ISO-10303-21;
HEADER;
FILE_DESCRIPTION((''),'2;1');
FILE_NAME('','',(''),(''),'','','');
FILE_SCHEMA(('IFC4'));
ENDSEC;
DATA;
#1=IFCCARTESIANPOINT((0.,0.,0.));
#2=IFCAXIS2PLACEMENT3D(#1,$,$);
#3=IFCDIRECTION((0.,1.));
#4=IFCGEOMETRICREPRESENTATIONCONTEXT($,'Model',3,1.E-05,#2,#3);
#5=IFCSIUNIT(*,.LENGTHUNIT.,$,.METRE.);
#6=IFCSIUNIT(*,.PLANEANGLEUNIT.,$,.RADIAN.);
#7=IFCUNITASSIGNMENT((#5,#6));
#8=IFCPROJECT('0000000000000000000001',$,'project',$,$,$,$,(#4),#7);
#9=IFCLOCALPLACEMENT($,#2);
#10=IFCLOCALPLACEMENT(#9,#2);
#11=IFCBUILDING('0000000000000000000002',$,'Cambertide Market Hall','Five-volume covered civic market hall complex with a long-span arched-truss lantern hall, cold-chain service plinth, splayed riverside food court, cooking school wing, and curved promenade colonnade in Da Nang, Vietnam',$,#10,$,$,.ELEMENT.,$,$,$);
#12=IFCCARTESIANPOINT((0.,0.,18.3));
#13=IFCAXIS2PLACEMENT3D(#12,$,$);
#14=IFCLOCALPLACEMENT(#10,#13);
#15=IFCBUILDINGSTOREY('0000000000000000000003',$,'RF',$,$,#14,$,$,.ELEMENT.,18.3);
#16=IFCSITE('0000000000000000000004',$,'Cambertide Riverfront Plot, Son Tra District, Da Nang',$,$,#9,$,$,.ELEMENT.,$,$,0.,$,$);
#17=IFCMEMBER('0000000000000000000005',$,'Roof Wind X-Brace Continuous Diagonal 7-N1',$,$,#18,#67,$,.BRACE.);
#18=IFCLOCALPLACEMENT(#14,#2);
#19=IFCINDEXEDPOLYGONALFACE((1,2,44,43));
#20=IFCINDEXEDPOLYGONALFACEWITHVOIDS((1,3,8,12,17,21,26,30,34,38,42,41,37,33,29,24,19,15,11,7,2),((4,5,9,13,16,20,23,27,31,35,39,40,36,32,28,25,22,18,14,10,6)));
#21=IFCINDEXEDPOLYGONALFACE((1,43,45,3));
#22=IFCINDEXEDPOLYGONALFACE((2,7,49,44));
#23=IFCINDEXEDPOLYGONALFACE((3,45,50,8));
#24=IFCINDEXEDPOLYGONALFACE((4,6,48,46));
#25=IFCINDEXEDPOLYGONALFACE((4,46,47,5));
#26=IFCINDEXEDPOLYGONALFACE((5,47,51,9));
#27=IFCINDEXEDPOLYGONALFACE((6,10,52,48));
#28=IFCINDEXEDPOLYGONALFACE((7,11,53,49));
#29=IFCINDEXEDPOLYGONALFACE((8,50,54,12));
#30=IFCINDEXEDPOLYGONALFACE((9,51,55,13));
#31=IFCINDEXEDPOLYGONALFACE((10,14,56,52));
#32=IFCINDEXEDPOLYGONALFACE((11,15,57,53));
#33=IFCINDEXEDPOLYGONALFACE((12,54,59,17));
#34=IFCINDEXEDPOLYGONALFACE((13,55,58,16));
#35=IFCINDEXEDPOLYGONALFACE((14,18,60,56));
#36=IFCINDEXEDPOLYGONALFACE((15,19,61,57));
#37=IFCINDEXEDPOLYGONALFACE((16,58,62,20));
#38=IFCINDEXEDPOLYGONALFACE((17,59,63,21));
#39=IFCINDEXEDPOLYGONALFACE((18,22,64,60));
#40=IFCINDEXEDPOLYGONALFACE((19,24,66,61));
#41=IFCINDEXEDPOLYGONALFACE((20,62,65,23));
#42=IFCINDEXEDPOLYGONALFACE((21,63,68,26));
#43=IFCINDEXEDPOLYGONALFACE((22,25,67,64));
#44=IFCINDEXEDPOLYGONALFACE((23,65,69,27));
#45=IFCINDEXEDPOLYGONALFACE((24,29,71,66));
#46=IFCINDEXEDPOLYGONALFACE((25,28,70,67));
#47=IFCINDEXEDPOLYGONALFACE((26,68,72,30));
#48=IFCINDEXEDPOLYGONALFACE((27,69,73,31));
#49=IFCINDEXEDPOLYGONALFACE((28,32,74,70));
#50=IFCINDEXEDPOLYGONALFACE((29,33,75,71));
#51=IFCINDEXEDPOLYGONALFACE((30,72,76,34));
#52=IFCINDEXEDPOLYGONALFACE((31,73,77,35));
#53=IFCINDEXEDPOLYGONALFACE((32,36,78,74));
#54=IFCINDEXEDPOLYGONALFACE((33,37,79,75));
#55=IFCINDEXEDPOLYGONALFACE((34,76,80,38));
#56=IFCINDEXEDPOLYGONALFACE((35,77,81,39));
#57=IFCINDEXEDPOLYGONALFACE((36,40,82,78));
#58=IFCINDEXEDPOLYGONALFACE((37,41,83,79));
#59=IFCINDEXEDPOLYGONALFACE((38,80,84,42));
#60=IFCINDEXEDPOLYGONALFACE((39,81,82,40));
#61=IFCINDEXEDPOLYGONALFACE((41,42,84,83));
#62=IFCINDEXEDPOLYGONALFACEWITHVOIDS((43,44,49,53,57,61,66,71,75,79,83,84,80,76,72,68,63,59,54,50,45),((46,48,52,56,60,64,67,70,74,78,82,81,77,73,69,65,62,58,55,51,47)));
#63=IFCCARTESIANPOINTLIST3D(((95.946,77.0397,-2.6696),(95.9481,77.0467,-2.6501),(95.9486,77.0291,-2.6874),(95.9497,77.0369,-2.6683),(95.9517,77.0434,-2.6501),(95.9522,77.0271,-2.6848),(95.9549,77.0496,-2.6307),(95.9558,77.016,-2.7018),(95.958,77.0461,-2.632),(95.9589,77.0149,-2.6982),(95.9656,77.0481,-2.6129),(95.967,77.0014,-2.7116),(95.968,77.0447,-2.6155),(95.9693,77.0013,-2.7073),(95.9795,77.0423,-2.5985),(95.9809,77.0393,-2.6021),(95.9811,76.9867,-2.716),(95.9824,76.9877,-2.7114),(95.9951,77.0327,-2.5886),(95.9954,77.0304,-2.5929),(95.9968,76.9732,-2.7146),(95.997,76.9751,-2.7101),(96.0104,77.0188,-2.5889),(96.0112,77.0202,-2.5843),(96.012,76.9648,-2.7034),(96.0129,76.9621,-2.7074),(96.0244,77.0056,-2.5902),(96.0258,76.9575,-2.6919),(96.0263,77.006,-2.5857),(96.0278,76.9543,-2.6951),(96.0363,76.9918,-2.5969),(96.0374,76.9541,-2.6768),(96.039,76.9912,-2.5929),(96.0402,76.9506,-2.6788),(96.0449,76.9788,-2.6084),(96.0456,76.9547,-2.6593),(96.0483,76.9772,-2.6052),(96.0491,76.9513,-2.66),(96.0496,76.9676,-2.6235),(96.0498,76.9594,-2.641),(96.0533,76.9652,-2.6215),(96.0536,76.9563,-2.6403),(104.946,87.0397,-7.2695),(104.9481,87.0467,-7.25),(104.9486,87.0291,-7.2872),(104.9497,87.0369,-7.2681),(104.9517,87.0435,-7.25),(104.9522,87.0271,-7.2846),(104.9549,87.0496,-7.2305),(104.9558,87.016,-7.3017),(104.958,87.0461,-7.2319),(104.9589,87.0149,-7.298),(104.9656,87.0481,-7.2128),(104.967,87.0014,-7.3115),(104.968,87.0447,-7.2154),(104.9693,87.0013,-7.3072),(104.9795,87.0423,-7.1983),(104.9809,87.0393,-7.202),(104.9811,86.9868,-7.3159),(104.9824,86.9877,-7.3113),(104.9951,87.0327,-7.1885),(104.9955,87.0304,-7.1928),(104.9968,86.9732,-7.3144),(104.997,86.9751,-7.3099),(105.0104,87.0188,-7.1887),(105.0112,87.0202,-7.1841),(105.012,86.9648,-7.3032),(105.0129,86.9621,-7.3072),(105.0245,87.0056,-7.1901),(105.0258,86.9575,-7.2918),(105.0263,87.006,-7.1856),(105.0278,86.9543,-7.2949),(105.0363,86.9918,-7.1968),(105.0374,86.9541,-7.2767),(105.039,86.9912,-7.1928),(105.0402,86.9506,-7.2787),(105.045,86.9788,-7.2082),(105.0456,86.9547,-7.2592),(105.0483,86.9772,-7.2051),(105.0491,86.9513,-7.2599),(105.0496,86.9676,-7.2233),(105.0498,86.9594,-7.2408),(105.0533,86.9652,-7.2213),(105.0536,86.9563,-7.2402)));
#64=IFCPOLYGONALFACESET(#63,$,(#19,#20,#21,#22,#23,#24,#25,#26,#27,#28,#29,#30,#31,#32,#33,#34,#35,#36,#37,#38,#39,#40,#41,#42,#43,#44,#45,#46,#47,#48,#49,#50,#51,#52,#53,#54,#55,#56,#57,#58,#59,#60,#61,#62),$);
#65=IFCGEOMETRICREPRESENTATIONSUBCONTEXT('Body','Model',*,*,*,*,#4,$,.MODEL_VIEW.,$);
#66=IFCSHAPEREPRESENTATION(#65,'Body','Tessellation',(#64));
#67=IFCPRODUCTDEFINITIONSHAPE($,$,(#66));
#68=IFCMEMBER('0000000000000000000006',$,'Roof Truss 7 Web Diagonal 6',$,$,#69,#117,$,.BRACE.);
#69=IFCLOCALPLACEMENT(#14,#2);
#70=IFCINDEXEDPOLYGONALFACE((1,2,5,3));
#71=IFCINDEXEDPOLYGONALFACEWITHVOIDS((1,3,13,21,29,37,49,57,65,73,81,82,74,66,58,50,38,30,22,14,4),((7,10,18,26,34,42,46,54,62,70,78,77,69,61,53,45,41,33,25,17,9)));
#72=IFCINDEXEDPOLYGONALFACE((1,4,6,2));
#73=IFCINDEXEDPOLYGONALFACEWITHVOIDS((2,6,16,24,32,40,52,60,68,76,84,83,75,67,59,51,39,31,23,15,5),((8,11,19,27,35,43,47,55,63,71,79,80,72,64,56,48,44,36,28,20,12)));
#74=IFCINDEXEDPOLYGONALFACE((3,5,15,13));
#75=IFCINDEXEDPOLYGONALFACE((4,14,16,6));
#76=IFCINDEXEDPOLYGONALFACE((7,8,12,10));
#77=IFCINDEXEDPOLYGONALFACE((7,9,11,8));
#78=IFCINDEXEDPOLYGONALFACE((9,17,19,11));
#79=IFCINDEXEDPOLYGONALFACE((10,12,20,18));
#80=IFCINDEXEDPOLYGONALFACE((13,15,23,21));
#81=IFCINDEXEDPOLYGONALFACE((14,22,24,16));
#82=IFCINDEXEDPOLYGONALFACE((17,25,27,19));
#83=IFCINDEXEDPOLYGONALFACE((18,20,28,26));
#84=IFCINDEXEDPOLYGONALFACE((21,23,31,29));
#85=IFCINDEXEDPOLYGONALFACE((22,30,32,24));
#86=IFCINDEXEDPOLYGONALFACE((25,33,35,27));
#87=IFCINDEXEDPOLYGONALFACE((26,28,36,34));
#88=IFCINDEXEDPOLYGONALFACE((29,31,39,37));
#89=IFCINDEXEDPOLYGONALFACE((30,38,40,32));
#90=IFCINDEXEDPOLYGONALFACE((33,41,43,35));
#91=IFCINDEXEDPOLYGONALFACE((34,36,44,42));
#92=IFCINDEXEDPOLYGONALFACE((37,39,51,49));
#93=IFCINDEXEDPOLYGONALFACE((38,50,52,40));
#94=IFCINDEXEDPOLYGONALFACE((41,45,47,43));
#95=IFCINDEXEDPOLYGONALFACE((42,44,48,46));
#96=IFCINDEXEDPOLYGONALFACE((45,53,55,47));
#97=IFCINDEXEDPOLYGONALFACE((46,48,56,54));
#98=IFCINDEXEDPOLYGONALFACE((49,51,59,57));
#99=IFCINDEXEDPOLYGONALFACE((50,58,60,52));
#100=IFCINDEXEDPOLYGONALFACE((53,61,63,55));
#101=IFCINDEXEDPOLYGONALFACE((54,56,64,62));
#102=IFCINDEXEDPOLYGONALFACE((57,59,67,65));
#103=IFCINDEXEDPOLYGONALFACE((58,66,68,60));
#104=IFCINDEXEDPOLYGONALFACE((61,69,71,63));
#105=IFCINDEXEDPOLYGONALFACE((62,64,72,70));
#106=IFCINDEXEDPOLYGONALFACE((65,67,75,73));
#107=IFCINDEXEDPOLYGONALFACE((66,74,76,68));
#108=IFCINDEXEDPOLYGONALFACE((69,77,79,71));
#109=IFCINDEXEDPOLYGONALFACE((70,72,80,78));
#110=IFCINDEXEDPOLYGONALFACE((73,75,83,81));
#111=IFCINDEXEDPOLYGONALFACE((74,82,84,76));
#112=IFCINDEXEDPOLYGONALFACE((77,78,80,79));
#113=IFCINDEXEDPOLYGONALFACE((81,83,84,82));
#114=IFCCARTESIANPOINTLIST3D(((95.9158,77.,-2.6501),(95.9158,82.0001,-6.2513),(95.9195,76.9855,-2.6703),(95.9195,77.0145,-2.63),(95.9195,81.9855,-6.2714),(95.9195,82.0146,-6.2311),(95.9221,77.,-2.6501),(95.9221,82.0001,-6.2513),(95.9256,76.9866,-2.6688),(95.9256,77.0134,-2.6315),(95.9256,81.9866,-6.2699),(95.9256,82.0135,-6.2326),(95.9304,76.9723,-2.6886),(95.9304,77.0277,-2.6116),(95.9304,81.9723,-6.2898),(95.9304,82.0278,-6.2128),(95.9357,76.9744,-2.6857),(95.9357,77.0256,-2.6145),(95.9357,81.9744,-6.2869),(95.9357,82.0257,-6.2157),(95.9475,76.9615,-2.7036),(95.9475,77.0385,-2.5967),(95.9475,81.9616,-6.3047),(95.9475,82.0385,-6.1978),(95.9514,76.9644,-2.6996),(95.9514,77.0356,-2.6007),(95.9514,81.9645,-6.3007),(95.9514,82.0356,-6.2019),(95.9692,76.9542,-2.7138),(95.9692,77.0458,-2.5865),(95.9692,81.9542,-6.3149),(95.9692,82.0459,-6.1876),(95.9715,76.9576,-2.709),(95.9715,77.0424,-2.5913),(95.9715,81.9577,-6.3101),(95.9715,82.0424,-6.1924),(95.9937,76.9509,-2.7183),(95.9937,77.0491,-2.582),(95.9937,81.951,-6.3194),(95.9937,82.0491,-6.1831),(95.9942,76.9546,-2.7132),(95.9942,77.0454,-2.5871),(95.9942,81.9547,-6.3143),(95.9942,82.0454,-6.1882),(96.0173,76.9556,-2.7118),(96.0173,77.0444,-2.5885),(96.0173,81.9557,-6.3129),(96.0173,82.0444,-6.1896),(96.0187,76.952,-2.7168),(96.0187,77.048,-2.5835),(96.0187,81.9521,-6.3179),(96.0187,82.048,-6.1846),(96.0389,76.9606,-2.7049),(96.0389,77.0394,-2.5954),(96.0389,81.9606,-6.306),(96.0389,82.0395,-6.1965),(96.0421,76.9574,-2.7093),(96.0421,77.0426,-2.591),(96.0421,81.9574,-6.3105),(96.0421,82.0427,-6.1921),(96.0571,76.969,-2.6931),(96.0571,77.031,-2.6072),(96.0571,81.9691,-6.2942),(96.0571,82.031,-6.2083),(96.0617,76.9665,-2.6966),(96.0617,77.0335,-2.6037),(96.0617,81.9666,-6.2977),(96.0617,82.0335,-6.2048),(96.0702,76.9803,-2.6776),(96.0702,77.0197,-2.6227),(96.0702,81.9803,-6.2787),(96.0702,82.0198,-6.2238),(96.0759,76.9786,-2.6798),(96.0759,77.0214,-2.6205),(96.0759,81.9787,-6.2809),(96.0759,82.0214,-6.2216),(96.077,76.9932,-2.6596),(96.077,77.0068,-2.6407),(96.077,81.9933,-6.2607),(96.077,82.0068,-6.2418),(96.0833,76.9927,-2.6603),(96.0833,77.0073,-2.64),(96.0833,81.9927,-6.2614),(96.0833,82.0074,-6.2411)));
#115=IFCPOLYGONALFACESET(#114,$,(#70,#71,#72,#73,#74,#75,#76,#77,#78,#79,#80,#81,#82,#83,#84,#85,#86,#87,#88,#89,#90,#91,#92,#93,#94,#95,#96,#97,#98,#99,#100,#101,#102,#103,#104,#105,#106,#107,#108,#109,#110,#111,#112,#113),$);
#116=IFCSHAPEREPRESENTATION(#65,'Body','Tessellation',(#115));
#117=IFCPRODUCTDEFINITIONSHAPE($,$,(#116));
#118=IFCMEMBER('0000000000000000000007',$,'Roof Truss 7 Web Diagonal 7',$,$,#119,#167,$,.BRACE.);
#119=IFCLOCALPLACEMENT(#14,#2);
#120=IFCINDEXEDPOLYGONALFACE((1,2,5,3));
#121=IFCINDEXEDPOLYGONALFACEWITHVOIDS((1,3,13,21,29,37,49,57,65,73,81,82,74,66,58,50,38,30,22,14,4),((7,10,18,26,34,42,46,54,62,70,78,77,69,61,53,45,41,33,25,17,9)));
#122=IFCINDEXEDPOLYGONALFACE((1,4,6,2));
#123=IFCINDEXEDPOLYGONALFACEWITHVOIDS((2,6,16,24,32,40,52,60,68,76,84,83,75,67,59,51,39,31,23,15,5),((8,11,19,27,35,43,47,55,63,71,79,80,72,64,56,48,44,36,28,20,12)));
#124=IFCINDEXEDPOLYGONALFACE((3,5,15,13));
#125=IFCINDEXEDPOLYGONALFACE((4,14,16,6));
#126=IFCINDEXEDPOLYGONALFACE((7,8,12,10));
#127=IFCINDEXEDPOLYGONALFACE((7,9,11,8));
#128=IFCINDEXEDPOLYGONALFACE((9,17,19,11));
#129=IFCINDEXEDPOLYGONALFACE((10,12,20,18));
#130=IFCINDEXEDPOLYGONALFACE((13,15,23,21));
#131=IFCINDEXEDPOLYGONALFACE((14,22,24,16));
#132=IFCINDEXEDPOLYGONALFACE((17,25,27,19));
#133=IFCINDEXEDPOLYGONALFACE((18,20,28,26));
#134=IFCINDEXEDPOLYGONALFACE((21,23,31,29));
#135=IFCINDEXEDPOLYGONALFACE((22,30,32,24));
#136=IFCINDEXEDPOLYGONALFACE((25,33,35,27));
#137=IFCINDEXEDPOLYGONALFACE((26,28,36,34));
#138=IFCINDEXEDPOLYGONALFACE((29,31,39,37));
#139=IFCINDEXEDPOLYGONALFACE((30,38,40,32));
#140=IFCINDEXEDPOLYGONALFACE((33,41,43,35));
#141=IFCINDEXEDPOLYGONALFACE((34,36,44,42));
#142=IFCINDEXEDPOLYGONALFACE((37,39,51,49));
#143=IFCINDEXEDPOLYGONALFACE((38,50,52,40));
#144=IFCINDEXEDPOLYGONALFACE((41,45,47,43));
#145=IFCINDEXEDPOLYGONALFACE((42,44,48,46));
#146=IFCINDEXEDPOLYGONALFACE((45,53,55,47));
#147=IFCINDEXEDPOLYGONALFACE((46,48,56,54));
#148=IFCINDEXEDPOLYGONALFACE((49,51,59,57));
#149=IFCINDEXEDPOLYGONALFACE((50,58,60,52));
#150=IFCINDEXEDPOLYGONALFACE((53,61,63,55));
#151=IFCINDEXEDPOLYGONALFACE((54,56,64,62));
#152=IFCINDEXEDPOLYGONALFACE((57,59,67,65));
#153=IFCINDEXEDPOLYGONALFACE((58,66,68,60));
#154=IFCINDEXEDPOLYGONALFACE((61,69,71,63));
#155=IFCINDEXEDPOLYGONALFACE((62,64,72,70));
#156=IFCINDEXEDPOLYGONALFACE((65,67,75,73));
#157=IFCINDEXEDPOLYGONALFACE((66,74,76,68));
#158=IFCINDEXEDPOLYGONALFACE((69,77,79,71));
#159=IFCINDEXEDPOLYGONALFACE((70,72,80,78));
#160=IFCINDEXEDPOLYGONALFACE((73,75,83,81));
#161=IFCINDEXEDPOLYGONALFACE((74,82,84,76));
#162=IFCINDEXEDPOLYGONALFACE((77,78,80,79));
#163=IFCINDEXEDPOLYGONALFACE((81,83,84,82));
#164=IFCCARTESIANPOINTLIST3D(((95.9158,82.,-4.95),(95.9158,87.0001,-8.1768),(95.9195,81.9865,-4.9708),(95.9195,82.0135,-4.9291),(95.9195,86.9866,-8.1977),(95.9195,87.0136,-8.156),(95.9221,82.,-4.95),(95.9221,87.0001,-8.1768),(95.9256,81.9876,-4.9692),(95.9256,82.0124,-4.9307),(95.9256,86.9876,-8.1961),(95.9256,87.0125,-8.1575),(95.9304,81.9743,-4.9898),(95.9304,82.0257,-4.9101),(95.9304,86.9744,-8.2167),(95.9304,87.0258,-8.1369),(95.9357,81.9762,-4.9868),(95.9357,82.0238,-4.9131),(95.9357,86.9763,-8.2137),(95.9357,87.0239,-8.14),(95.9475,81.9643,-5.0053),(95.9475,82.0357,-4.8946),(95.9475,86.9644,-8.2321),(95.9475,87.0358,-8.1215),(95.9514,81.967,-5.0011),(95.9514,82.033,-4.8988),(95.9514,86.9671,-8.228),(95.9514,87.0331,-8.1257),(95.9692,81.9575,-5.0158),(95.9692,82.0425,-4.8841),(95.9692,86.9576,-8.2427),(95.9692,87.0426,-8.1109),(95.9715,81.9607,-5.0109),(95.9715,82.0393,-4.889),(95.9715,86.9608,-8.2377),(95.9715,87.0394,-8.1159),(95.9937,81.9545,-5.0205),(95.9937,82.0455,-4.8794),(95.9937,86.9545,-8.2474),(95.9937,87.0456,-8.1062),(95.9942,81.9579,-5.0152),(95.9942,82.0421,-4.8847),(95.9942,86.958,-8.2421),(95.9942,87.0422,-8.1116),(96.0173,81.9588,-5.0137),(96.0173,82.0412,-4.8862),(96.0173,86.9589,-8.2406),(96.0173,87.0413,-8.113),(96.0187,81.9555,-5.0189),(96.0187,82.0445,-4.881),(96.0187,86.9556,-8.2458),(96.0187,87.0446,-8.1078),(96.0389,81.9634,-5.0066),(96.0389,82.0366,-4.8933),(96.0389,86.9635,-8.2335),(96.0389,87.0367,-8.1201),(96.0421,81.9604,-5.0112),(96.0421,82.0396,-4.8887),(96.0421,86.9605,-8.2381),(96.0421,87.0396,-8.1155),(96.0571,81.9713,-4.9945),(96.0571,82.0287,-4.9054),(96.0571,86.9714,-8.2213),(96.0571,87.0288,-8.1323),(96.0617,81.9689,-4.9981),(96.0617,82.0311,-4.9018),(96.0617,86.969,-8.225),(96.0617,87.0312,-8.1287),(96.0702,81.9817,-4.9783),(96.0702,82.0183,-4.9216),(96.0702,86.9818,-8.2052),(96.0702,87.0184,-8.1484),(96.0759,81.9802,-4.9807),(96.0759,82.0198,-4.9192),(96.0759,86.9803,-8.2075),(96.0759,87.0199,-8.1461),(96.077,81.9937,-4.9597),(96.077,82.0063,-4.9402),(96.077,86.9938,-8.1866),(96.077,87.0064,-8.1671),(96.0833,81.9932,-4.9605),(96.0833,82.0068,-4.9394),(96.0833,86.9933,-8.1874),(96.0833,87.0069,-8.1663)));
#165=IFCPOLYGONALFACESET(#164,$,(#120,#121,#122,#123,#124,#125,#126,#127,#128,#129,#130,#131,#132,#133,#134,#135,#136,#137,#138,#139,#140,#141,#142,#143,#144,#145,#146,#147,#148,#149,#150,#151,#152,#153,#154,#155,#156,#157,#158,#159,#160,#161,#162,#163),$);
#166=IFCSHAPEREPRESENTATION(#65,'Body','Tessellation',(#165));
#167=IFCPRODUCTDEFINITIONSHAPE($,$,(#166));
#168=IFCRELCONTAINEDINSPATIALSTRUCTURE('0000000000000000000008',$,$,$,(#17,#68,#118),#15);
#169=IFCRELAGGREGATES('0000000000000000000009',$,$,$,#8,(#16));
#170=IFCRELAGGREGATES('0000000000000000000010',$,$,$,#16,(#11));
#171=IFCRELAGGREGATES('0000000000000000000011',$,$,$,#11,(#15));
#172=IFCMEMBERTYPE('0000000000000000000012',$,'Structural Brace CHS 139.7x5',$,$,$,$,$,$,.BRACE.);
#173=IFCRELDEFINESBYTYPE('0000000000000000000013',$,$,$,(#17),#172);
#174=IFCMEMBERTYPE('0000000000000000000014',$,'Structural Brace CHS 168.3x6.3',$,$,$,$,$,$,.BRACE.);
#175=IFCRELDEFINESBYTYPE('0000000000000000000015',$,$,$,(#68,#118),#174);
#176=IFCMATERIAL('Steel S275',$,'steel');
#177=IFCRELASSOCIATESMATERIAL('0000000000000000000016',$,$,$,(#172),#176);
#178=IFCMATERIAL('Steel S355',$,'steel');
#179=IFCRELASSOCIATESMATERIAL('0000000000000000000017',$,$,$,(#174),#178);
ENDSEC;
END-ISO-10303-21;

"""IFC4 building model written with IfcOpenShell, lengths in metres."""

from ifc_helpers import new_model, si_unit, direction, frame, origin, origin_2d, place, context, subcontext, project, spatial, hollow_circle, extrude, material, material_profile, profile_set, type_object, element, save


model = new_model("IFC4")

# Units and contexts
model_context = context("Model", 3, precision=1e-05, world=origin(), true_north=direction((0.0, 1.0)))
body_context = subcontext(model_context, "Body", "Model", "MODEL_VIEW")
ifc_project = project(units=[si_unit("LENGTHUNIT", "METRE"), si_unit("PLANEANGLEUNIT", "RADIAN")], contexts=[model_context])

# Site, building, storey
site_placement = place(None, origin())
site = spatial("IfcSite", under=ifc_project, at=site_placement, Name="Cambertide Riverfront Plot, Son Tra District, Da Nang", CompositionType="ELEMENT", RefElevation=0.0)
building_placement = place(site_placement, origin())
building = spatial("IfcBuilding", under=site, at=building_placement, Name="Cambertide Market Hall", Description="Five-volume covered civic market hall complex with a long-span arched-truss lantern hall, cold-chain service plinth, splayed riverside food court, cooking school wing, and curved promenade colonnade in Da Nang, Vietnam", CompositionType="ELEMENT")
storey_placement = place(building_placement, frame((0.0, 0.0, 18.3)))
storey = spatial("IfcBuildingStorey", under=building, at=storey_placement, Name="RF", CompositionType="ELEMENT", Elevation=18.3)

# Members
ifc_material_1 = material(Name="Steel S275", Category="steel")
ifc_material_profile_1 = material_profile(ifc_material_1, hollow_circle(Radius=0.0698, WallThickness=0.0049, at=origin_2d()), Name="CHS 139.7x5")
ifc_profile_set_1 = profile_set([ifc_material_profile_1], Name="Steel S275")
member_type_1 = type_object("IfcMemberType", Name="Structural Brace CHS 139.7x5", PredefinedType="BRACE", material=ifc_profile_set_1)
member_1_placement = place(storey_placement, frame((96.0, 77.0, -2.6501), z_axis=(0.632989, 0.703321, -0.323518), x_axis=(-0.743294, 0.668965, 0.0)))
element("IfcMember", 1, at=member_1_placement, inside=storey, type_object=member_type_1, Name="Roof Wind X-Brace Continuous Diagonal 7-N1", PredefinedType="BRACE", context=body_context, shape_type="SweptSolid", body=[
    extrude(hollow_circle(Radius=0.0698, WallThickness=0.0049, at=origin_2d()), origin(), (0.0, 0.0, 1.0), 14.2183),
])
ifc_material_2 = material(Name="Steel S355", Category="steel")
ifc_material_profile_2 = material_profile(ifc_material_2, hollow_circle(Radius=0.0842, WallThickness=0.0063, at=origin_2d()), Name="CHS 168.3x6.3")
ifc_profile_set_2 = profile_set([ifc_material_profile_2], Name="Steel S355")
member_type_2 = type_object("IfcMemberType", Name="Structural Brace CHS 168.3x6.3", PredefinedType="BRACE", material=ifc_profile_set_2)
member_2_placement = place(storey_placement, frame((96.0, 77.0, -2.6501), z_axis=(0.0, 0.811452, -0.58442), x_axis=(-1.0, 0.0, 0.0)))
element("IfcMember", 2, at=member_2_placement, inside=storey, type_object=member_type_2, Name="Roof Truss 7 Web Diagonal 6", PredefinedType="BRACE", context=body_context, shape_type="SweptSolid", body=[
    extrude(hollow_circle(Radius=0.0842, WallThickness=0.0063, at=origin_2d()), origin(), (0.0, 0.0, 1.0), 6.1619),
])
member_3_placement = place(storey_placement, frame((96.0, 82.0, -4.95), z_axis=(0.0, 0.84022, -0.542246), x_axis=(-1.0, 0.0, 0.0)))
element("IfcMember", 3, at=member_3_placement, inside=storey, type_object=member_type_2, Name="Roof Truss 7 Web Diagonal 7", PredefinedType="BRACE", context=body_context, shape_type="SweptSolid", body=[
    extrude(hollow_circle(Radius=0.0842, WallThickness=0.0063, at=origin_2d()), origin(), (0.0, 0.0, 1.0), 5.9509),
])

save(model, "model.ifc")
